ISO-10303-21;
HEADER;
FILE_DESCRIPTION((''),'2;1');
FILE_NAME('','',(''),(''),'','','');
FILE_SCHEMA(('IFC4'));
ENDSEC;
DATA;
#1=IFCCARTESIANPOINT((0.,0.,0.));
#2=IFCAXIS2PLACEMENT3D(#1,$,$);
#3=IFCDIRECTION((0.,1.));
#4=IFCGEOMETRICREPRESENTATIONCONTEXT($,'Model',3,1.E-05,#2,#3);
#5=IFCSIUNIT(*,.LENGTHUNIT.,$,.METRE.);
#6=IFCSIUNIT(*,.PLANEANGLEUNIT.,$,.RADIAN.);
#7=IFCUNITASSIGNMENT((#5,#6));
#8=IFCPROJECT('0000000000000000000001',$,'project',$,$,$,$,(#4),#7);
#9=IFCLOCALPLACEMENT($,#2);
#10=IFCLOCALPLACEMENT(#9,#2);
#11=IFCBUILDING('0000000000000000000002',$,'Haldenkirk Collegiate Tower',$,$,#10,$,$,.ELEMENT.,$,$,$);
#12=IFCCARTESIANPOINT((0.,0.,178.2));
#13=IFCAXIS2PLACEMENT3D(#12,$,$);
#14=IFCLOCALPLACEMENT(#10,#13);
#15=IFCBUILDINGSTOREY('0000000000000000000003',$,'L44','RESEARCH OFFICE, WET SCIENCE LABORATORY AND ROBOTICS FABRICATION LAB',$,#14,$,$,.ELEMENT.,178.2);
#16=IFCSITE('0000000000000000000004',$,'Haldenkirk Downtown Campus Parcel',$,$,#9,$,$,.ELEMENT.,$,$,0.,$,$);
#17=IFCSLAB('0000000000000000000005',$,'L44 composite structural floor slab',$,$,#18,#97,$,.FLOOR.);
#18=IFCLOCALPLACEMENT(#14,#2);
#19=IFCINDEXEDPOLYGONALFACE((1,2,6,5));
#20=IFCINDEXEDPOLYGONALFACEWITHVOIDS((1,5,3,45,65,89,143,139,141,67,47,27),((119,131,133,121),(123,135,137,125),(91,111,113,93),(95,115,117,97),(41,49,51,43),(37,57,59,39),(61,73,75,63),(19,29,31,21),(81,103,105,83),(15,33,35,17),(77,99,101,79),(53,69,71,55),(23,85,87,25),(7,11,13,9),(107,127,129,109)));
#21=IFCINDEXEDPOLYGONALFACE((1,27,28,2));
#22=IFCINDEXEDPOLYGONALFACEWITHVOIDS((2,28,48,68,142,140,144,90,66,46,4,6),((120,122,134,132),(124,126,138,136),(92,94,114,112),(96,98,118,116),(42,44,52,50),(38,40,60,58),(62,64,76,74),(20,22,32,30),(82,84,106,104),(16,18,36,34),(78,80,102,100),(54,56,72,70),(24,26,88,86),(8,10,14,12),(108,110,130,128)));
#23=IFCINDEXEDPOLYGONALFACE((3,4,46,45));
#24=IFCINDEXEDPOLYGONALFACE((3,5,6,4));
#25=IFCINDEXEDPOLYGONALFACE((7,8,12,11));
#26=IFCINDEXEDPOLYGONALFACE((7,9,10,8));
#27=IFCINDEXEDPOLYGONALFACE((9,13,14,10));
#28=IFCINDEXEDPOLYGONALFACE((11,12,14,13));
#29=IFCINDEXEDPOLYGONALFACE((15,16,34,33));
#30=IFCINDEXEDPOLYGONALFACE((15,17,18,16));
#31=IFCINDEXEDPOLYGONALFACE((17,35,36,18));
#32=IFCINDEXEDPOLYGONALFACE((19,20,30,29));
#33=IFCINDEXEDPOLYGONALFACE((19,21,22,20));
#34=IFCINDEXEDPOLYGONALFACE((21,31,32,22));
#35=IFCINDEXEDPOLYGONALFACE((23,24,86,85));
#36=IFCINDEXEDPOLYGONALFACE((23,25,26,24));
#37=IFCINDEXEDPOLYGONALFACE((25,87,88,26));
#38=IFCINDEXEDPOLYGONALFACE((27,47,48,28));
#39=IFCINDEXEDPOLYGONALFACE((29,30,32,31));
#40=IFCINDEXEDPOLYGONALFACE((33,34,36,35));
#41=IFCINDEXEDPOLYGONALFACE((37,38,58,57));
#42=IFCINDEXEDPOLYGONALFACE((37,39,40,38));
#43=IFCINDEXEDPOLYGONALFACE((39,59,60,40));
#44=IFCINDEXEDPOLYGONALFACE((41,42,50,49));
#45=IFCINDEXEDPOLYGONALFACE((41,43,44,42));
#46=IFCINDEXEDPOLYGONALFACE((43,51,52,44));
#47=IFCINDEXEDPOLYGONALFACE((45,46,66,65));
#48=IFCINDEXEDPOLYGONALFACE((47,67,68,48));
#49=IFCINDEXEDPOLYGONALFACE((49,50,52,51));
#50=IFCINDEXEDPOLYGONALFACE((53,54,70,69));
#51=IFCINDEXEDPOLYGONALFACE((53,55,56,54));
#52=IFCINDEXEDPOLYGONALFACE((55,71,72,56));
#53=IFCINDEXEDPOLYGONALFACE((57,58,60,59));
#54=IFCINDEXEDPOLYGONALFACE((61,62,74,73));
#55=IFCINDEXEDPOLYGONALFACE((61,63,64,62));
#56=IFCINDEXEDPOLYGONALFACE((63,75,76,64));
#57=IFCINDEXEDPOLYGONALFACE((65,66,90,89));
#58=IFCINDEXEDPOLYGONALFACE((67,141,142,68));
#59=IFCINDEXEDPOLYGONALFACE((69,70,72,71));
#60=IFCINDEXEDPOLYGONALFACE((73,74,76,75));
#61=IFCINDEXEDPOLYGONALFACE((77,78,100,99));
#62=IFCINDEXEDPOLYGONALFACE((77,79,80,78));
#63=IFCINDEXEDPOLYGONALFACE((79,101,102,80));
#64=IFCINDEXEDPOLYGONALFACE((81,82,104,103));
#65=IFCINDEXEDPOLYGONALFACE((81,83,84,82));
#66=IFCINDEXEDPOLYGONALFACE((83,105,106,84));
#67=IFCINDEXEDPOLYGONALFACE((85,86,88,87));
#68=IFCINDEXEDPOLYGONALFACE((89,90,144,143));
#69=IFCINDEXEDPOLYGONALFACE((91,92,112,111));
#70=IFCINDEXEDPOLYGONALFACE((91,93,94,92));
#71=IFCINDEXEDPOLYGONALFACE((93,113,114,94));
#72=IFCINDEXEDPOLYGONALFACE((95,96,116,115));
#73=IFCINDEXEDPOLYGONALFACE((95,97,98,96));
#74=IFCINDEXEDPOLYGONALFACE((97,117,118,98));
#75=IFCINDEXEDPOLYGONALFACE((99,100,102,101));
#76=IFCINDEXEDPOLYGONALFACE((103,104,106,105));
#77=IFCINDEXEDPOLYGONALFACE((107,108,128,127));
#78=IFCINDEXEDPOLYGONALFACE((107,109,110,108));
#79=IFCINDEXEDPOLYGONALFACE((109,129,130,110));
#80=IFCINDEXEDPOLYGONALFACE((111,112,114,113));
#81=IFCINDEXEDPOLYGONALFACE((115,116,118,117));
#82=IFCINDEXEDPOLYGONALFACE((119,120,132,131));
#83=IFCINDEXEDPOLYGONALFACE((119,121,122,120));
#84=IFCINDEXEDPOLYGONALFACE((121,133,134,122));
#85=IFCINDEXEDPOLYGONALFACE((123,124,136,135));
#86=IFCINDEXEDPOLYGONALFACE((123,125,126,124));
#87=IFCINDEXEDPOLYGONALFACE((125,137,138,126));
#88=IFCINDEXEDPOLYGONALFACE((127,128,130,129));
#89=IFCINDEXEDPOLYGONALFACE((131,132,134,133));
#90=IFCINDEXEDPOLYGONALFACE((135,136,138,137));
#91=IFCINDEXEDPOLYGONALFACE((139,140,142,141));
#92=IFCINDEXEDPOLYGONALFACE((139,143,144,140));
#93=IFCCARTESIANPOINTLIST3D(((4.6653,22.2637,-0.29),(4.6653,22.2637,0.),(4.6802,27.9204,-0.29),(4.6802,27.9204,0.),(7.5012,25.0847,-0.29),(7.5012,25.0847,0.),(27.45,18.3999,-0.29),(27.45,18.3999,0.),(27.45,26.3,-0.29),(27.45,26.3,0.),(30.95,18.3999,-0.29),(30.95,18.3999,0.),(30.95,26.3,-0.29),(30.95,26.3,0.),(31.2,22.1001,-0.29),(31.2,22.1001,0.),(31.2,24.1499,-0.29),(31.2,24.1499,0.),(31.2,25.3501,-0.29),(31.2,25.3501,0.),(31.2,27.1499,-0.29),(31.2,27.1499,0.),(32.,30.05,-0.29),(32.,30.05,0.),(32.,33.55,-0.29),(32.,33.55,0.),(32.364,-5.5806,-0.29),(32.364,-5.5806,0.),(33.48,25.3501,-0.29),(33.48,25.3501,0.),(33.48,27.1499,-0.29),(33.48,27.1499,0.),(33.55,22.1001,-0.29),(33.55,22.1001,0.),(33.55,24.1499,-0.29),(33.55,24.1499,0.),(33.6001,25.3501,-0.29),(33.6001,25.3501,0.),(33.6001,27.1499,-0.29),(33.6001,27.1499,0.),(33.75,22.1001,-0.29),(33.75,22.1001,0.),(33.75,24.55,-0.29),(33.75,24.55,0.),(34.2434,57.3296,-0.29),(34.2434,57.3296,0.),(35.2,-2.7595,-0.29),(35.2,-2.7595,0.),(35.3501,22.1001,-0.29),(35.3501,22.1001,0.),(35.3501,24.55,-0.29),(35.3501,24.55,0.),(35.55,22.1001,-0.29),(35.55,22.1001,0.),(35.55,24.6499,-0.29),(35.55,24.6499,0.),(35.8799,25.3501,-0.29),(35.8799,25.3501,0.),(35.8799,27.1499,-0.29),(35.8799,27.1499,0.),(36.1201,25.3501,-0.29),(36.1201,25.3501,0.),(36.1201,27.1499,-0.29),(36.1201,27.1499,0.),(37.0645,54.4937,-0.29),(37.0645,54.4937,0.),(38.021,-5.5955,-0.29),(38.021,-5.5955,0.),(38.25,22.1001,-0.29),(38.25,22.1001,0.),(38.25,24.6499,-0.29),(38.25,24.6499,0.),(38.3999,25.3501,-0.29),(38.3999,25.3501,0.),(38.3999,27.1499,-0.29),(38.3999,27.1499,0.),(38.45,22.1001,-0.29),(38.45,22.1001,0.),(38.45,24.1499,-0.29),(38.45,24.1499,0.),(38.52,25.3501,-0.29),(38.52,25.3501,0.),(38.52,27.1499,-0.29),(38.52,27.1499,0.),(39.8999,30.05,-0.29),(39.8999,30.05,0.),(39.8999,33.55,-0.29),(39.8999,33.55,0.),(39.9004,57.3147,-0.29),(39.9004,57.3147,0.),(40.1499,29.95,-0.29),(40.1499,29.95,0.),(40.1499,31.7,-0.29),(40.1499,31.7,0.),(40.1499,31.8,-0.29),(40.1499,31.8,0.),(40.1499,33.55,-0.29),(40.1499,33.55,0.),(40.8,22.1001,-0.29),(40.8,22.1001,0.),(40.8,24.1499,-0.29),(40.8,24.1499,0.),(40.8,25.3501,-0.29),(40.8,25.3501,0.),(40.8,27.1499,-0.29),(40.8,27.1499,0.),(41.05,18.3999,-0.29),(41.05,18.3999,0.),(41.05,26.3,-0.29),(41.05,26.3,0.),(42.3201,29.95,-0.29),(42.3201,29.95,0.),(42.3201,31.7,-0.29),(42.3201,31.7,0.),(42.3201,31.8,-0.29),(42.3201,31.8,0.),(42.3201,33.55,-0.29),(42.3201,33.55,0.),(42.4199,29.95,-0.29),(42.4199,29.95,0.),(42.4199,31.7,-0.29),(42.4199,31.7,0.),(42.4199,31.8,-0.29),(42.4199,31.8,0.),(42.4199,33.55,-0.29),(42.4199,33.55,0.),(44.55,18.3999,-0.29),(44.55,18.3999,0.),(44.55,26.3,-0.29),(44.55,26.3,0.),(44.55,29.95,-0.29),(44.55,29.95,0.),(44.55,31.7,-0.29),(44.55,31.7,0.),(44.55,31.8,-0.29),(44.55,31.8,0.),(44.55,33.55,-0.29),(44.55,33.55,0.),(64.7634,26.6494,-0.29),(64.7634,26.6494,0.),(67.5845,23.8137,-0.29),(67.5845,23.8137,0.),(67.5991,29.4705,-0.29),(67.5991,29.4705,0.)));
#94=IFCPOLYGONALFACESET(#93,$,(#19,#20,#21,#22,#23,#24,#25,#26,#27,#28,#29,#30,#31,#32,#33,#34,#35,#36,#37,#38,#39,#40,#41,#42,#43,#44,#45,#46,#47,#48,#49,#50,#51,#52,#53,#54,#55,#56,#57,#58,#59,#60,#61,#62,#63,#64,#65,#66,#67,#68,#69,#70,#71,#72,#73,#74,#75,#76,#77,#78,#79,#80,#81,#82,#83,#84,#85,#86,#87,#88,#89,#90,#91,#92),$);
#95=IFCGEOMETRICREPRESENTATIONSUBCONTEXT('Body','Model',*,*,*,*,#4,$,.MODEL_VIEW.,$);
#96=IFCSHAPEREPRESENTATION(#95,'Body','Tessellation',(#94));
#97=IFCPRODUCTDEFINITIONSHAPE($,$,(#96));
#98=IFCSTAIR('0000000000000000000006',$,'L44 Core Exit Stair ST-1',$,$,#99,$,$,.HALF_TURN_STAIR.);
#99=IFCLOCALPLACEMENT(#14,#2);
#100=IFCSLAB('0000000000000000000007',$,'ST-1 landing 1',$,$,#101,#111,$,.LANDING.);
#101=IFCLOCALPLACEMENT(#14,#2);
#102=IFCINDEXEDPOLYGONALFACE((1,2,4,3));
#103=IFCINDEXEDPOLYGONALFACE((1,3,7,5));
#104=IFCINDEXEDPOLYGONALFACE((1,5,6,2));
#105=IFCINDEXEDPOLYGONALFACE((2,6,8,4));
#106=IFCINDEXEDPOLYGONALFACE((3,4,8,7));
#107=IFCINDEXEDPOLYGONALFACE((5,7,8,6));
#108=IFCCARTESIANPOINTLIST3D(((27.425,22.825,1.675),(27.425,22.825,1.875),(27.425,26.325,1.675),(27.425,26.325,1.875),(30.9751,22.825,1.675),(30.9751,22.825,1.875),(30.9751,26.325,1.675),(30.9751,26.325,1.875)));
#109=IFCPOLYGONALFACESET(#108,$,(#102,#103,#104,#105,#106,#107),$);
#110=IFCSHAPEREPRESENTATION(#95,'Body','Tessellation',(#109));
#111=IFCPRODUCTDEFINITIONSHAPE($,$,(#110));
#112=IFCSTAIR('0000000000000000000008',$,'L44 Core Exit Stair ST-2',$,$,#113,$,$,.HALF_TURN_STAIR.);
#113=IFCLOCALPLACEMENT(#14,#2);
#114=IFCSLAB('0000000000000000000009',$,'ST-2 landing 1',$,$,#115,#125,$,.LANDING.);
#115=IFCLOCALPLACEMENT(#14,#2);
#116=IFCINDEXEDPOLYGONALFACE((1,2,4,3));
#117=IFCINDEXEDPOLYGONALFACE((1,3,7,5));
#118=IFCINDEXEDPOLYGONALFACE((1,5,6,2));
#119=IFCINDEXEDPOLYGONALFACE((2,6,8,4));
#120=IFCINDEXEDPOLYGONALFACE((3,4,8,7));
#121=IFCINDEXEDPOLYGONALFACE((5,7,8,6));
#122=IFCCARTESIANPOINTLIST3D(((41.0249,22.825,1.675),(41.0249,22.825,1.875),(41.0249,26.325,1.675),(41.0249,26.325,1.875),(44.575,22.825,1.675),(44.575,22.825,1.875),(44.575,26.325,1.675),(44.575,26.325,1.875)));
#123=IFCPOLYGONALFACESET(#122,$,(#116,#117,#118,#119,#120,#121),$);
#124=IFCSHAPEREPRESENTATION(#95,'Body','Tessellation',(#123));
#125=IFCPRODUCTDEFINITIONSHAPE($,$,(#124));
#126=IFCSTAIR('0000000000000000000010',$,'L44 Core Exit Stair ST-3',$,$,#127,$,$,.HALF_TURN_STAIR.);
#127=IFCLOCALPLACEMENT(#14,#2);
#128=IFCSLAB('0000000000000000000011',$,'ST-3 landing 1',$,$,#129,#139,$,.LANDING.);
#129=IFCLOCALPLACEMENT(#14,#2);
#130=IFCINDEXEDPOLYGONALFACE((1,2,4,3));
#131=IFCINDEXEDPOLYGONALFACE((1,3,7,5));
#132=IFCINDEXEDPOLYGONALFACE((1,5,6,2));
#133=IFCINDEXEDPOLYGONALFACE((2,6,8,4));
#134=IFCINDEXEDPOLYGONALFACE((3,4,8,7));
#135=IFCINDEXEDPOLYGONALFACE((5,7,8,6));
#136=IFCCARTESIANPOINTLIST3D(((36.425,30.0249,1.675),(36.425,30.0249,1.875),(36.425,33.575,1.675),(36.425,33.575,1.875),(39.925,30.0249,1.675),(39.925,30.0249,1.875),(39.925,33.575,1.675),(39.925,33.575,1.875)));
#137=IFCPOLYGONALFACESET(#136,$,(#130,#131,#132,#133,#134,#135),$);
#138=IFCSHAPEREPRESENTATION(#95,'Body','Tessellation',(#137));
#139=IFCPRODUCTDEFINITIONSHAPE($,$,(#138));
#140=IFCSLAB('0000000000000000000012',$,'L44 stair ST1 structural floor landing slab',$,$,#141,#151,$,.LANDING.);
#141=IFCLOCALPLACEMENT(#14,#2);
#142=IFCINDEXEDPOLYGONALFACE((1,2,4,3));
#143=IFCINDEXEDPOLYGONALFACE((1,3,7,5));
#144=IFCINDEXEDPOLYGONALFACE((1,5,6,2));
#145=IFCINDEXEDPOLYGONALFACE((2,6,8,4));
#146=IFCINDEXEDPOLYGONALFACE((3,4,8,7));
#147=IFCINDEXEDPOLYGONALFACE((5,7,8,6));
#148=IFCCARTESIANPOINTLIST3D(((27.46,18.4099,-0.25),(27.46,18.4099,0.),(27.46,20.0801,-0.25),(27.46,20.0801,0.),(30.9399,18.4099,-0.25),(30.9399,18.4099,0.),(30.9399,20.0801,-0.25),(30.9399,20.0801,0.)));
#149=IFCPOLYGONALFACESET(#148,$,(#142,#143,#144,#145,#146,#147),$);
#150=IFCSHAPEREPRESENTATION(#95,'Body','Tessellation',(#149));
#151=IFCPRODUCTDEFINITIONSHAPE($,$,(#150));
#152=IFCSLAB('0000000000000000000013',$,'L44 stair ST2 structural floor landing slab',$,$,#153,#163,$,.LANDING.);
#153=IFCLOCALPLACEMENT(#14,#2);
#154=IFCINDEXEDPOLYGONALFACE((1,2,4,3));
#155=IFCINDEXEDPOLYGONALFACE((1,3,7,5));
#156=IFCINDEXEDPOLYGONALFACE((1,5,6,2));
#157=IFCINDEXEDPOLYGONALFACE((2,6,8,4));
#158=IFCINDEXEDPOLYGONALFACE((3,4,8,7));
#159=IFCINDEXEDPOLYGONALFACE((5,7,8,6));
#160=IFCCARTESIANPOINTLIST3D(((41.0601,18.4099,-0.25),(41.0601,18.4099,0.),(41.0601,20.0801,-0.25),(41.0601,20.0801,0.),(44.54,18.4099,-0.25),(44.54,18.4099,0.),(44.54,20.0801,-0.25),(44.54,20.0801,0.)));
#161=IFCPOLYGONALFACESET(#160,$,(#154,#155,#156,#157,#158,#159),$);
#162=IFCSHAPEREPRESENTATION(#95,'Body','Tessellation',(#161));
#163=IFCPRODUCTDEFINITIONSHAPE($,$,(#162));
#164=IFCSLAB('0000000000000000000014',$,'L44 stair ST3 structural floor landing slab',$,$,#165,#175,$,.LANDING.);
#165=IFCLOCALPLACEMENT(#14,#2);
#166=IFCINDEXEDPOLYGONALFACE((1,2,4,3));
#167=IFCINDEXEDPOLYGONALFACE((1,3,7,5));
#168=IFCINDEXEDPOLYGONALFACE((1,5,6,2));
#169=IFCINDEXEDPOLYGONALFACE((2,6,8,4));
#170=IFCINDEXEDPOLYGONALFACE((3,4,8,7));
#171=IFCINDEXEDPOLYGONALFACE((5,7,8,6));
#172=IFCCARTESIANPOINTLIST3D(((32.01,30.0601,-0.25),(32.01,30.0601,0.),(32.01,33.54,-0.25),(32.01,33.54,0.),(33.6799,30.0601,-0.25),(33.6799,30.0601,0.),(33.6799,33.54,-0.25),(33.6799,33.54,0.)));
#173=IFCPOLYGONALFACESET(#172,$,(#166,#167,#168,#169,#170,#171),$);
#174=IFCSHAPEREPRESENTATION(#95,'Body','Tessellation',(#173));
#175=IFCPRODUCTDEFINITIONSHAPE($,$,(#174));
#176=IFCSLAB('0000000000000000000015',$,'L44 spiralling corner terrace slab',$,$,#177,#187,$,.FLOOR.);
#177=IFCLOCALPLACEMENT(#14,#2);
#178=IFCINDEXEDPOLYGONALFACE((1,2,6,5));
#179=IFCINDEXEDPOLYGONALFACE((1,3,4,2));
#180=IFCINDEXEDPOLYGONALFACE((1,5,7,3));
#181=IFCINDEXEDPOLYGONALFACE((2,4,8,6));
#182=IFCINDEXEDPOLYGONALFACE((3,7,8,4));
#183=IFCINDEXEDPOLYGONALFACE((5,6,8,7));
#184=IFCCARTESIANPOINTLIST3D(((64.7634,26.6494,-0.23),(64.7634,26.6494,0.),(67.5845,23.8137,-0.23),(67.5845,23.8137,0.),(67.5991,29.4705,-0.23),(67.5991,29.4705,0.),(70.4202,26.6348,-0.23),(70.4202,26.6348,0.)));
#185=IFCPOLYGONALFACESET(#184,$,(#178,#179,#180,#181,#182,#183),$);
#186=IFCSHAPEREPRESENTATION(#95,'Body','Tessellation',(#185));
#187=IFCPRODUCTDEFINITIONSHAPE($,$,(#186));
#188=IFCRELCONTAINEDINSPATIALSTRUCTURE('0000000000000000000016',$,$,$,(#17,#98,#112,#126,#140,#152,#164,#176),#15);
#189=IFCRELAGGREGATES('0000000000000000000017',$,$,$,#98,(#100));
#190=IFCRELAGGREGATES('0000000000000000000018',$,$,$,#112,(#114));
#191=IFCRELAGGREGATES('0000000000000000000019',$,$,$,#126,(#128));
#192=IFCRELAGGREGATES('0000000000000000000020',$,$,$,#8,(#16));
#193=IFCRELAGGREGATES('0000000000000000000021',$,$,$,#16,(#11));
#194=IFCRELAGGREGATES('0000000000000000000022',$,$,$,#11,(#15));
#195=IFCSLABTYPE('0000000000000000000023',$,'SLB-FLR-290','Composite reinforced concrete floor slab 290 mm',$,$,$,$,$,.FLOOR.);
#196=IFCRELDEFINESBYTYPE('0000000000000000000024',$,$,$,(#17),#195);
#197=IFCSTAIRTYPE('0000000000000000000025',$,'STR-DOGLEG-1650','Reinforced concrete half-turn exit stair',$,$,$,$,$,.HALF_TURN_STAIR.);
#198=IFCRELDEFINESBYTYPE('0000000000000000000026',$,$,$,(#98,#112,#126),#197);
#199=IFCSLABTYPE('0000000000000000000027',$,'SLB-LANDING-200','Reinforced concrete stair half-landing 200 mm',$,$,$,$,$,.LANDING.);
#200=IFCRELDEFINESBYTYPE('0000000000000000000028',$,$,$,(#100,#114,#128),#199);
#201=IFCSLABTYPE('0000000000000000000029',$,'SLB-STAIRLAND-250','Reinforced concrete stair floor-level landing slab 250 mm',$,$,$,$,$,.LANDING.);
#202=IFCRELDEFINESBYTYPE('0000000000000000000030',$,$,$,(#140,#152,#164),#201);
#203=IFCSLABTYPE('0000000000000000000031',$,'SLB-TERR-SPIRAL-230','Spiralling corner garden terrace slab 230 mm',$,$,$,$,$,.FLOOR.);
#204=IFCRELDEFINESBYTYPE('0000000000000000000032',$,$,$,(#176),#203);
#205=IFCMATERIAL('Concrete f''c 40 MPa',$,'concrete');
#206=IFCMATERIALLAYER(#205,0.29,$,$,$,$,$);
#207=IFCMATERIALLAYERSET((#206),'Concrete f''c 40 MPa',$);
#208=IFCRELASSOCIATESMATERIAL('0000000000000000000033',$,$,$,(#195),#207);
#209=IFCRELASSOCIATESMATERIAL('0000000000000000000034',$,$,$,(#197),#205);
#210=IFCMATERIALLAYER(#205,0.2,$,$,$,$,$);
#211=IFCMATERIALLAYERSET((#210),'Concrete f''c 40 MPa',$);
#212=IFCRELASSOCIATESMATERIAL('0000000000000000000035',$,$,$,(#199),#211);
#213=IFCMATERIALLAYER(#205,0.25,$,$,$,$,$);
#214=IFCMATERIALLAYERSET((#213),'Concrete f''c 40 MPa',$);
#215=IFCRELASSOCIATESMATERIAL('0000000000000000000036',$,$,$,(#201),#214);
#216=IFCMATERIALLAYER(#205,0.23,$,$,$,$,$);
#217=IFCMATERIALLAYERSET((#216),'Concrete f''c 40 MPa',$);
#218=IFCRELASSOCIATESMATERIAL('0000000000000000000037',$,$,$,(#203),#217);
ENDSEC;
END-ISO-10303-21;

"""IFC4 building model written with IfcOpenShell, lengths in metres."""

from ifc_helpers import new_model, si_unit, direction, frame, origin, place, context, subcontext, project, spatial, polyline, outline, extrude, material, layer, layer_set, type_object, element, aggregate, save


model = new_model("IFC4")

# Units and contexts
model_context = context("Model", 3, precision=1e-05, world=origin(), true_north=direction((0.0, 1.0)))
body_context = subcontext(model_context, "Body", "Model", "MODEL_VIEW")
ifc_project = project(units=[si_unit("LENGTHUNIT", "METRE"), si_unit("PLANEANGLEUNIT", "RADIAN")], contexts=[model_context])

# Site, building, storey
site_placement = place(None, origin())
site = spatial("IfcSite", under=ifc_project, at=site_placement, Name="Haldenkirk Downtown Campus Parcel", CompositionType="ELEMENT", RefElevation=0.0)
building_placement = place(site_placement, origin())
building = spatial("IfcBuilding", under=site, at=building_placement, Name="Haldenkirk Collegiate Tower", CompositionType="ELEMENT")
storey_placement = place(building_placement, frame((0.0, 0.0, 178.2)))
storey = spatial("IfcBuildingStorey", under=building, at=storey_placement, Name="L44", Description="RESEARCH OFFICE, WET SCIENCE LABORATORY AND ROBOTICS FABRICATION LAB", CompositionType="ELEMENT", Elevation=178.2)

# Slab
ifc_material_1 = material(Name="Concrete f'c 40 MPa", Category="concrete")
ifc_layer_1 = layer(ifc_material_1, 0.29)
ifc_layer_set_1 = layer_set([ifc_layer_1], Name="Concrete f'c 40 MPa")
slab_type_1 = type_object("IfcSlabType", Name="SLB-FLR-290", Description="Composite reinforced concrete floor slab 290 mm", PredefinedType="FLOOR", material=ifc_layer_set_1)
slab_1_placement = place(storey_placement, frame((0.0, 0.0, -0.29)))
element("IfcSlab", 1, at=slab_1_placement, inside=storey, type_object=slab_type_1, Name="L44 composite structural floor slab", PredefinedType="FLOOR", context=body_context, shape_type="SweptSolid", body=[
    extrude(outline(polyline([(38.021, -5.5955), (67.5845, 23.8137), (64.7634, 26.6494), (67.5991, 29.4705), (39.9004, 57.3147), (37.0645, 54.4937), (34.2434, 57.3296), (4.6802, 27.9204), (7.5012, 25.0847), (4.6653, 22.2637), (32.364, -5.5806), (35.2, -2.7595), (38.021, -5.5955)]), holes=[polyline([(27.45, 18.3999), (30.95, 18.3999), (30.95, 26.3), (27.45, 26.3), (27.45, 18.3999)]), polyline([(41.05, 18.3999), (44.55, 18.3999), (44.55, 26.3), (41.05, 26.3), (41.05, 18.3999)]), polyline([(32.0, 30.05), (39.8999, 30.05), (39.8999, 33.55), (32.0, 33.55), (32.0, 30.05)]), polyline([(33.75, 22.1001), (35.3501, 22.1001), (35.3501, 24.55), (33.75, 24.55), (33.75, 22.1001)]), polyline([(40.1499, 29.95), (42.3201, 29.95), (42.3201, 31.7), (40.1499, 31.7), (40.1499, 29.95)]), polyline([(42.4199, 29.95), (44.55, 29.95), (44.55, 31.7), (42.4199, 31.7), (42.4199, 29.95)]), polyline([(40.1499, 31.8), (42.3201, 31.8), (42.3201, 33.55), (40.1499, 33.55), (40.1499, 31.8)]), polyline([(42.4199, 31.8), (44.55, 31.8), (44.55, 33.55), (42.4199, 33.55), (42.4199, 31.8)]), polyline([(31.2, 25.3501), (33.48, 25.3501), (33.48, 27.1499), (31.2, 27.1499), (31.2, 25.3501)]), polyline([(33.6001, 25.3501), (35.8799, 25.3501), (35.8799, 27.1499), (33.6001, 27.1499), (33.6001, 25.3501)]), polyline([(36.1201, 25.3501), (38.3999, 25.3501), (38.3999, 27.1499), (36.1201, 27.1499), (36.1201, 25.3501)]), polyline([(38.52, 25.3501), (40.8, 25.3501), (40.8, 27.1499), (38.52, 27.1499), (38.52, 25.3501)]), polyline([(31.2, 22.1001), (33.55, 22.1001), (33.55, 24.1499), (31.2, 24.1499), (31.2, 22.1001)]), polyline([(38.45, 22.1001), (40.8, 22.1001), (40.8, 24.1499), (38.45, 24.1499), (38.45, 22.1001)]), polyline([(35.55, 22.1001), (38.25, 22.1001), (38.25, 24.6499), (35.55, 24.6499), (35.55, 22.1001)])]), origin(), (0.0, 0.0, 1.0), 0.29),
])

# Stairs, slabs
stair_type = type_object("IfcStairType", Name="STR-DOGLEG-1650", Description="Reinforced concrete half-turn exit stair", PredefinedType="HALF_TURN_STAIR", material=ifc_material_1)
stair_1_placement = place(storey_placement, origin())
stair_1 = element("IfcStair", 2, at=stair_1_placement, inside=storey, type_object=stair_type, Name="L44 Core Exit Stair ST-1", PredefinedType="HALF_TURN_STAIR")
ifc_layer_2 = layer(ifc_material_1, 0.2)
ifc_layer_set_2 = layer_set([ifc_layer_2], Name="Concrete f'c 40 MPa")
slab_type_2 = type_object("IfcSlabType", Name="SLB-LANDING-200", Description="Reinforced concrete stair half-landing 200 mm", PredefinedType="LANDING", material=ifc_layer_set_2)
slab_2_placement = place(storey_placement, frame((0.0, 0.0, 1.675)))
slab_2 = element("IfcSlab", 3, at=slab_2_placement, type_object=slab_type_2, Name="ST-1 landing 1", PredefinedType="LANDING", context=body_context, shape_type="SweptSolid", body=[
    extrude(outline(polyline([(30.9751, 22.825), (27.425, 22.825), (27.425, 26.325), (30.9751, 26.325), (30.9751, 22.825)])), origin(), (0.0, 0.0, 1.0), 0.2),
])
aggregate(stair_1, [slab_2])
stair_2_placement = place(storey_placement, origin())
stair_2 = element("IfcStair", 4, at=stair_2_placement, inside=storey, type_object=stair_type, Name="L44 Core Exit Stair ST-2", PredefinedType="HALF_TURN_STAIR")
slab_3_placement = place(storey_placement, frame((0.0, 0.0, 1.675)))
slab_3 = element("IfcSlab", 5, at=slab_3_placement, type_object=slab_type_2, Name="ST-2 landing 1", PredefinedType="LANDING", context=body_context, shape_type="SweptSolid", body=[
    extrude(outline(polyline([(44.575, 22.825), (41.0249, 22.825), (41.0249, 26.325), (44.575, 26.325), (44.575, 22.825)])), origin(), (0.0, 0.0, 1.0), 0.2),
])
aggregate(stair_2, [slab_3])
stair_3_placement = place(storey_placement, origin())
stair_3 = element("IfcStair", 6, at=stair_3_placement, inside=storey, type_object=stair_type, Name="L44 Core Exit Stair ST-3", PredefinedType="HALF_TURN_STAIR")
slab_4_placement = place(storey_placement, frame((0.0, 0.0, 1.675)))
slab_4 = element("IfcSlab", 7, at=slab_4_placement, type_object=slab_type_2, Name="ST-3 landing 1", PredefinedType="LANDING", context=body_context, shape_type="SweptSolid", body=[
    extrude(outline(polyline([(36.425, 30.0249), (36.425, 33.575), (39.925, 33.575), (39.925, 30.0249), (36.425, 30.0249)])), origin(), (0.0, 0.0, 1.0), 0.2),
])
aggregate(stair_3, [slab_4])

# Slabs
ifc_layer_3 = layer(ifc_material_1, 0.25)
ifc_layer_set_3 = layer_set([ifc_layer_3], Name="Concrete f'c 40 MPa")
slab_type_3 = type_object("IfcSlabType", Name="SLB-STAIRLAND-250", Description="Reinforced concrete stair floor-level landing slab 250 mm", PredefinedType="LANDING", material=ifc_layer_set_3)
slab_5_placement = place(storey_placement, frame((0.0, 0.0, -0.25)))
element("IfcSlab", 8, at=slab_5_placement, inside=storey, type_object=slab_type_3, Name="L44 stair ST1 structural floor landing slab", PredefinedType="LANDING", context=body_context, shape_type="SweptSolid", body=[
    extrude(outline(polyline([(27.46, 18.4099), (30.9399, 18.4099), (30.9399, 20.0801), (27.46, 20.0801), (27.46, 18.4099)])), origin(), (0.0, 0.0, 1.0), 0.25),
])
slab_6_placement = place(storey_placement, frame((0.0, 0.0, -0.25)))
element("IfcSlab", 9, at=slab_6_placement, inside=storey, type_object=slab_type_3, Name="L44 stair ST2 structural floor landing slab", PredefinedType="LANDING", context=body_context, shape_type="SweptSolid", body=[
    extrude(outline(polyline([(41.0601, 18.4099), (44.54, 18.4099), (44.54, 20.0801), (41.0601, 20.0801), (41.0601, 18.4099)])), origin(), (0.0, 0.0, 1.0), 0.25),
])
slab_7_placement = place(storey_placement, frame((0.0, 0.0, -0.25)))
element("IfcSlab", 10, at=slab_7_placement, inside=storey, type_object=slab_type_3, Name="L44 stair ST3 structural floor landing slab", PredefinedType="LANDING", context=body_context, shape_type="SweptSolid", body=[
    extrude(outline(polyline([(32.01, 30.0601), (33.6799, 30.0601), (33.6799, 33.54), (32.01, 33.54), (32.01, 30.0601)])), origin(), (0.0, 0.0, 1.0), 0.25),
])
ifc_layer_4 = layer(ifc_material_1, 0.23)
ifc_layer_set_4 = layer_set([ifc_layer_4], Name="Concrete f'c 40 MPa")
slab_type_4 = type_object("IfcSlabType", Name="SLB-TERR-SPIRAL-230", Description="Spiralling corner garden terrace slab 230 mm", PredefinedType="FLOOR", material=ifc_layer_set_4)
slab_8_placement = place(storey_placement, frame((0.0, 0.0, -0.23)))
element("IfcSlab", 11, at=slab_8_placement, inside=storey, type_object=slab_type_4, Name="L44 spiralling corner terrace slab", PredefinedType="FLOOR", context=body_context, shape_type="SweptSolid", body=[
    extrude(outline(polyline([(67.5845, 23.8137), (70.4202, 26.6348), (67.5991, 29.4705), (64.7634, 26.6494), (67.5845, 23.8137)])), origin(), (0.0, 0.0, 1.0), 0.23),
])

save(model, "model.ifc")
